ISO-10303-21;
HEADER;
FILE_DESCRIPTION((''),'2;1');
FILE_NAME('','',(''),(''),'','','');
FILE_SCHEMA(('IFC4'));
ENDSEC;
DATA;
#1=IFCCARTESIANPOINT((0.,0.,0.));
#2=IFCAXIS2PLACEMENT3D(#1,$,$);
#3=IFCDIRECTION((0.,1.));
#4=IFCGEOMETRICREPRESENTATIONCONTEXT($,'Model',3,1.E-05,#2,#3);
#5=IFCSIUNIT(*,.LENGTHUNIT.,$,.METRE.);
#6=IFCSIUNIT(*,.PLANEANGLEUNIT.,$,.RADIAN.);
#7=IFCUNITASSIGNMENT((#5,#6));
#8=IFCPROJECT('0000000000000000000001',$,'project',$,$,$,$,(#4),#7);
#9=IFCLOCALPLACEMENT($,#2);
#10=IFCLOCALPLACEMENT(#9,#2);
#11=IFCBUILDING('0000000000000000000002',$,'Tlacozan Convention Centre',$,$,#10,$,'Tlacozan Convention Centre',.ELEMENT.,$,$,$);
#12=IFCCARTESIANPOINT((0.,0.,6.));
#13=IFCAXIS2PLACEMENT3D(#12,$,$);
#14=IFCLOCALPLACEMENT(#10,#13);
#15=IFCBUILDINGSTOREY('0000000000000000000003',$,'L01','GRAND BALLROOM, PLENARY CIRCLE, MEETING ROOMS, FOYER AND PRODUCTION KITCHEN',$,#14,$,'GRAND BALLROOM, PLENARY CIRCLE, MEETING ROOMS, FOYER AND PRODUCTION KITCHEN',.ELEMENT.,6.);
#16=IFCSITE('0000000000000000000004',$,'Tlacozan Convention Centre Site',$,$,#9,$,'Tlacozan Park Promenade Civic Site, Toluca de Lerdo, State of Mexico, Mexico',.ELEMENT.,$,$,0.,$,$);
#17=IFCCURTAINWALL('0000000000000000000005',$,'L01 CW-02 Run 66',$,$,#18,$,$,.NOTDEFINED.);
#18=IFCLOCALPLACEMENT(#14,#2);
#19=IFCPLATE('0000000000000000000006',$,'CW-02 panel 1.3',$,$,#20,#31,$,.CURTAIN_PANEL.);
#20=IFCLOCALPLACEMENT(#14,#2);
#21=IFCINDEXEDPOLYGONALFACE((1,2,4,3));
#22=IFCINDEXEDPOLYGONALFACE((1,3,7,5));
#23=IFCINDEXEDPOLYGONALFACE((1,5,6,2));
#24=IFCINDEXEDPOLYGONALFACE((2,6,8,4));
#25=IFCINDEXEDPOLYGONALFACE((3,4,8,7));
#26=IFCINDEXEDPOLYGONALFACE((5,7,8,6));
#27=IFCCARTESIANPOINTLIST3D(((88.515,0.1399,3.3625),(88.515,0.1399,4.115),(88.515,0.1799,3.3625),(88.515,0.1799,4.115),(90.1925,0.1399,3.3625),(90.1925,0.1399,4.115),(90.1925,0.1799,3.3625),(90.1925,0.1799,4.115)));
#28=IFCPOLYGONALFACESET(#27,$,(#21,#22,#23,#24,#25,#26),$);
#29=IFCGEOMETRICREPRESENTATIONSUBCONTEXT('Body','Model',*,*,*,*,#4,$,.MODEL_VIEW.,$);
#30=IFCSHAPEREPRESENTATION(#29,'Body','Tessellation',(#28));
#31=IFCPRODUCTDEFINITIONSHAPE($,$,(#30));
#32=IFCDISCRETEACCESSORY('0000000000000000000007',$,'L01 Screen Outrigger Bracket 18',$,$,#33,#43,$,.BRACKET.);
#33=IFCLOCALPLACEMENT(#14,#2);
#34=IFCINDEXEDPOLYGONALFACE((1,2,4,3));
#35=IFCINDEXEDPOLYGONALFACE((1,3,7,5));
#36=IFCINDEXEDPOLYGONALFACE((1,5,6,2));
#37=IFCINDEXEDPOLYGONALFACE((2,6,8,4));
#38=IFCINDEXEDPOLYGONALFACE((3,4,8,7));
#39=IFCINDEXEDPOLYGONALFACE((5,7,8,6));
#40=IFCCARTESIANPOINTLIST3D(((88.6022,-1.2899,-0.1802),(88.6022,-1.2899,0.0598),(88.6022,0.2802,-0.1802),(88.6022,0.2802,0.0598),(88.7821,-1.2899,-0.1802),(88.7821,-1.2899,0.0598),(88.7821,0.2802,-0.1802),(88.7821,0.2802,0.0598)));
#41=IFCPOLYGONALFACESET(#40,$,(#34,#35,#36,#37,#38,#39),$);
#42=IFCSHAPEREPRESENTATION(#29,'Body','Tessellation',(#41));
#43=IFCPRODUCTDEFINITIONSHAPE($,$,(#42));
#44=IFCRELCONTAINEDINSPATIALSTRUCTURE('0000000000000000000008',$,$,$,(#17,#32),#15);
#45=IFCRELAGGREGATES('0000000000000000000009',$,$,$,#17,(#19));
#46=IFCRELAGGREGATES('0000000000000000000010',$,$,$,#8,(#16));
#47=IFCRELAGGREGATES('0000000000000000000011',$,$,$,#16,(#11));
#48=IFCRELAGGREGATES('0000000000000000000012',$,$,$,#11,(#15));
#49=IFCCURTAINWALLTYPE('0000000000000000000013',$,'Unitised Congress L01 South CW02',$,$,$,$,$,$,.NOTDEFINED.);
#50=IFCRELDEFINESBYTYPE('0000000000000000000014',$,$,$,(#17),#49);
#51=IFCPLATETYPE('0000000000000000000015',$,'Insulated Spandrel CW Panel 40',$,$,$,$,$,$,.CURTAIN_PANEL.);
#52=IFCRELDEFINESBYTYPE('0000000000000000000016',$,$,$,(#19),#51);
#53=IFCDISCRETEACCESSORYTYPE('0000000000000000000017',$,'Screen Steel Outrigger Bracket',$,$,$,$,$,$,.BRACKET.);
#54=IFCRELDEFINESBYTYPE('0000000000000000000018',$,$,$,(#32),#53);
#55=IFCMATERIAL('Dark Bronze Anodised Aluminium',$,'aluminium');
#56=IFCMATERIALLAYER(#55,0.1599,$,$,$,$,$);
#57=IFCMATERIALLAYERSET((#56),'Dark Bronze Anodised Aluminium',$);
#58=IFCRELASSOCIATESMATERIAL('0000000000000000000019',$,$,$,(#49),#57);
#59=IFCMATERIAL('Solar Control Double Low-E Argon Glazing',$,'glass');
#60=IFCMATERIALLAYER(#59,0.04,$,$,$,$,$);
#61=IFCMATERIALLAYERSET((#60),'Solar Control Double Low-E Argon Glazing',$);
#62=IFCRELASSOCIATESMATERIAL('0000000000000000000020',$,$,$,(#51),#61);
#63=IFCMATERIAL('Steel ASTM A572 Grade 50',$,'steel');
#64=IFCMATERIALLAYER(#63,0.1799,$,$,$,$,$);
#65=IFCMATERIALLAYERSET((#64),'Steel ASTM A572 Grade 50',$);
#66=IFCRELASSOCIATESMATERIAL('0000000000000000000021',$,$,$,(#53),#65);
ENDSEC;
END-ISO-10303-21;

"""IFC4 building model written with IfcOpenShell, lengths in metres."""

from ifc_helpers import new_model, si_unit, direction, frame, origin, origin_2d, place, context, subcontext, project, spatial, rectangle, extrude, material, layer, layer_set, type_object, element, aggregate, save


model = new_model("IFC4")

# Units and contexts
model_context = context("Model", 3, precision=1e-05, world=origin(), true_north=direction((0.0, 1.0)))
body_context = subcontext(model_context, "Body", "Model", "MODEL_VIEW")
ifc_project = project(units=[si_unit("LENGTHUNIT", "METRE"), si_unit("PLANEANGLEUNIT", "RADIAN")], contexts=[model_context])

# Site, building, storey
site_placement = place(None, origin())
site = spatial("IfcSite", under=ifc_project, at=site_placement, Name="Tlacozan Convention Centre Site", LongName="Tlacozan Park Promenade Civic Site, Toluca de Lerdo, State of Mexico, Mexico", CompositionType="ELEMENT", RefElevation=0.0)
building_placement = place(site_placement, origin())
building = spatial("IfcBuilding", under=site, at=building_placement, Name="Tlacozan Convention Centre", LongName="Tlacozan Convention Centre", CompositionType="ELEMENT")
storey_placement = place(building_placement, frame((0.0, 0.0, 6.0)))
storey = spatial("IfcBuildingStorey", under=building, at=storey_placement, Name="L01", Description="GRAND BALLROOM, PLENARY CIRCLE, MEETING ROOMS, FOYER AND PRODUCTION KITCHEN", LongName="GRAND BALLROOM, PLENARY CIRCLE, MEETING ROOMS, FOYER AND PRODUCTION KITCHEN", CompositionType="ELEMENT", Elevation=6.0)

# Shared definitions
ifc_material_1 = material(Name="Dark Bronze Anodised Aluminium", Category="aluminium")
ifc_layer_1 = layer(ifc_material_1, 0.1599)
ifc_layer_set_1 = layer_set([ifc_layer_1], Name="Dark Bronze Anodised Aluminium")
curtain_wall_type = type_object("IfcCurtainWallType", Name="Unitised Congress L01 South CW02", PredefinedType="NOTDEFINED", material=ifc_layer_set_1)

# Curtain wall
curtain_wall_1_placement = place(storey_placement, origin())
curtain_wall_1 = element("IfcCurtainWall", 1, at=curtain_wall_1_placement, inside=storey, type_object=curtain_wall_type, Name="L01 CW-02 Run 66", PredefinedType="NOTDEFINED")

# Plate
ifc_material_2 = material(Name="Solar Control Double Low-E Argon Glazing", Category="glass")
ifc_layer_2 = layer(ifc_material_2, 0.04)
ifc_layer_set_2 = layer_set([ifc_layer_2], Name="Solar Control Double Low-E Argon Glazing")
plate_type_1 = type_object("IfcPlateType", Name="Insulated Spandrel CW Panel 40", PredefinedType="CURTAIN_PANEL", material=ifc_layer_set_2)
plate_1_placement = place(storey_placement, frame((89.3538, 0.1599, 3.3625), z_axis=(0.0, 0.0, 1.0), x_axis=(1.0, 0.0, 0.0)))
plate_1 = element("IfcPlate", 2, at=plate_1_placement, type_object=plate_type_1, Name="CW-02 panel 1.3", PredefinedType="CURTAIN_PANEL", context=body_context, shape_type="SweptSolid", body=[
    extrude(rectangle(XDim=1.6775, YDim=0.04, at=origin_2d()), origin(), (0.0, 0.0, 1.0), 0.7524),
])
aggregate(curtain_wall_1, [plate_1])

# Discrete accessory
ifc_material_3 = material(Name="Steel ASTM A572 Grade 50", Category="steel")
ifc_layer_3 = layer(ifc_material_3, 0.1799)
ifc_layer_set_3 = layer_set([ifc_layer_3], Name="Steel ASTM A572 Grade 50")
discrete_accessory_type = type_object("IfcDiscreteAccessoryType", Name="Screen Steel Outrigger Bracket", PredefinedType="BRACKET", material=ifc_layer_set_3)
discrete_accessory_placement = place(storey_placement, frame((88.6921, -0.5049, -0.1802), z_axis=(0.0, 0.0, 1.0), x_axis=(0.0, 1.0, 0.0)))
element("IfcDiscreteAccessory", 3, at=discrete_accessory_placement, inside=storey, type_object=discrete_accessory_type, Name="L01 Screen Outrigger Bracket 18", PredefinedType="BRACKET", context=body_context, shape_type="SweptSolid", body=[
    extrude(rectangle(XDim=1.5701, YDim=0.1799, at=origin_2d()), origin(), (0.0, 0.0, 1.0), 0.24),
])

save(model, "model.ifc")
